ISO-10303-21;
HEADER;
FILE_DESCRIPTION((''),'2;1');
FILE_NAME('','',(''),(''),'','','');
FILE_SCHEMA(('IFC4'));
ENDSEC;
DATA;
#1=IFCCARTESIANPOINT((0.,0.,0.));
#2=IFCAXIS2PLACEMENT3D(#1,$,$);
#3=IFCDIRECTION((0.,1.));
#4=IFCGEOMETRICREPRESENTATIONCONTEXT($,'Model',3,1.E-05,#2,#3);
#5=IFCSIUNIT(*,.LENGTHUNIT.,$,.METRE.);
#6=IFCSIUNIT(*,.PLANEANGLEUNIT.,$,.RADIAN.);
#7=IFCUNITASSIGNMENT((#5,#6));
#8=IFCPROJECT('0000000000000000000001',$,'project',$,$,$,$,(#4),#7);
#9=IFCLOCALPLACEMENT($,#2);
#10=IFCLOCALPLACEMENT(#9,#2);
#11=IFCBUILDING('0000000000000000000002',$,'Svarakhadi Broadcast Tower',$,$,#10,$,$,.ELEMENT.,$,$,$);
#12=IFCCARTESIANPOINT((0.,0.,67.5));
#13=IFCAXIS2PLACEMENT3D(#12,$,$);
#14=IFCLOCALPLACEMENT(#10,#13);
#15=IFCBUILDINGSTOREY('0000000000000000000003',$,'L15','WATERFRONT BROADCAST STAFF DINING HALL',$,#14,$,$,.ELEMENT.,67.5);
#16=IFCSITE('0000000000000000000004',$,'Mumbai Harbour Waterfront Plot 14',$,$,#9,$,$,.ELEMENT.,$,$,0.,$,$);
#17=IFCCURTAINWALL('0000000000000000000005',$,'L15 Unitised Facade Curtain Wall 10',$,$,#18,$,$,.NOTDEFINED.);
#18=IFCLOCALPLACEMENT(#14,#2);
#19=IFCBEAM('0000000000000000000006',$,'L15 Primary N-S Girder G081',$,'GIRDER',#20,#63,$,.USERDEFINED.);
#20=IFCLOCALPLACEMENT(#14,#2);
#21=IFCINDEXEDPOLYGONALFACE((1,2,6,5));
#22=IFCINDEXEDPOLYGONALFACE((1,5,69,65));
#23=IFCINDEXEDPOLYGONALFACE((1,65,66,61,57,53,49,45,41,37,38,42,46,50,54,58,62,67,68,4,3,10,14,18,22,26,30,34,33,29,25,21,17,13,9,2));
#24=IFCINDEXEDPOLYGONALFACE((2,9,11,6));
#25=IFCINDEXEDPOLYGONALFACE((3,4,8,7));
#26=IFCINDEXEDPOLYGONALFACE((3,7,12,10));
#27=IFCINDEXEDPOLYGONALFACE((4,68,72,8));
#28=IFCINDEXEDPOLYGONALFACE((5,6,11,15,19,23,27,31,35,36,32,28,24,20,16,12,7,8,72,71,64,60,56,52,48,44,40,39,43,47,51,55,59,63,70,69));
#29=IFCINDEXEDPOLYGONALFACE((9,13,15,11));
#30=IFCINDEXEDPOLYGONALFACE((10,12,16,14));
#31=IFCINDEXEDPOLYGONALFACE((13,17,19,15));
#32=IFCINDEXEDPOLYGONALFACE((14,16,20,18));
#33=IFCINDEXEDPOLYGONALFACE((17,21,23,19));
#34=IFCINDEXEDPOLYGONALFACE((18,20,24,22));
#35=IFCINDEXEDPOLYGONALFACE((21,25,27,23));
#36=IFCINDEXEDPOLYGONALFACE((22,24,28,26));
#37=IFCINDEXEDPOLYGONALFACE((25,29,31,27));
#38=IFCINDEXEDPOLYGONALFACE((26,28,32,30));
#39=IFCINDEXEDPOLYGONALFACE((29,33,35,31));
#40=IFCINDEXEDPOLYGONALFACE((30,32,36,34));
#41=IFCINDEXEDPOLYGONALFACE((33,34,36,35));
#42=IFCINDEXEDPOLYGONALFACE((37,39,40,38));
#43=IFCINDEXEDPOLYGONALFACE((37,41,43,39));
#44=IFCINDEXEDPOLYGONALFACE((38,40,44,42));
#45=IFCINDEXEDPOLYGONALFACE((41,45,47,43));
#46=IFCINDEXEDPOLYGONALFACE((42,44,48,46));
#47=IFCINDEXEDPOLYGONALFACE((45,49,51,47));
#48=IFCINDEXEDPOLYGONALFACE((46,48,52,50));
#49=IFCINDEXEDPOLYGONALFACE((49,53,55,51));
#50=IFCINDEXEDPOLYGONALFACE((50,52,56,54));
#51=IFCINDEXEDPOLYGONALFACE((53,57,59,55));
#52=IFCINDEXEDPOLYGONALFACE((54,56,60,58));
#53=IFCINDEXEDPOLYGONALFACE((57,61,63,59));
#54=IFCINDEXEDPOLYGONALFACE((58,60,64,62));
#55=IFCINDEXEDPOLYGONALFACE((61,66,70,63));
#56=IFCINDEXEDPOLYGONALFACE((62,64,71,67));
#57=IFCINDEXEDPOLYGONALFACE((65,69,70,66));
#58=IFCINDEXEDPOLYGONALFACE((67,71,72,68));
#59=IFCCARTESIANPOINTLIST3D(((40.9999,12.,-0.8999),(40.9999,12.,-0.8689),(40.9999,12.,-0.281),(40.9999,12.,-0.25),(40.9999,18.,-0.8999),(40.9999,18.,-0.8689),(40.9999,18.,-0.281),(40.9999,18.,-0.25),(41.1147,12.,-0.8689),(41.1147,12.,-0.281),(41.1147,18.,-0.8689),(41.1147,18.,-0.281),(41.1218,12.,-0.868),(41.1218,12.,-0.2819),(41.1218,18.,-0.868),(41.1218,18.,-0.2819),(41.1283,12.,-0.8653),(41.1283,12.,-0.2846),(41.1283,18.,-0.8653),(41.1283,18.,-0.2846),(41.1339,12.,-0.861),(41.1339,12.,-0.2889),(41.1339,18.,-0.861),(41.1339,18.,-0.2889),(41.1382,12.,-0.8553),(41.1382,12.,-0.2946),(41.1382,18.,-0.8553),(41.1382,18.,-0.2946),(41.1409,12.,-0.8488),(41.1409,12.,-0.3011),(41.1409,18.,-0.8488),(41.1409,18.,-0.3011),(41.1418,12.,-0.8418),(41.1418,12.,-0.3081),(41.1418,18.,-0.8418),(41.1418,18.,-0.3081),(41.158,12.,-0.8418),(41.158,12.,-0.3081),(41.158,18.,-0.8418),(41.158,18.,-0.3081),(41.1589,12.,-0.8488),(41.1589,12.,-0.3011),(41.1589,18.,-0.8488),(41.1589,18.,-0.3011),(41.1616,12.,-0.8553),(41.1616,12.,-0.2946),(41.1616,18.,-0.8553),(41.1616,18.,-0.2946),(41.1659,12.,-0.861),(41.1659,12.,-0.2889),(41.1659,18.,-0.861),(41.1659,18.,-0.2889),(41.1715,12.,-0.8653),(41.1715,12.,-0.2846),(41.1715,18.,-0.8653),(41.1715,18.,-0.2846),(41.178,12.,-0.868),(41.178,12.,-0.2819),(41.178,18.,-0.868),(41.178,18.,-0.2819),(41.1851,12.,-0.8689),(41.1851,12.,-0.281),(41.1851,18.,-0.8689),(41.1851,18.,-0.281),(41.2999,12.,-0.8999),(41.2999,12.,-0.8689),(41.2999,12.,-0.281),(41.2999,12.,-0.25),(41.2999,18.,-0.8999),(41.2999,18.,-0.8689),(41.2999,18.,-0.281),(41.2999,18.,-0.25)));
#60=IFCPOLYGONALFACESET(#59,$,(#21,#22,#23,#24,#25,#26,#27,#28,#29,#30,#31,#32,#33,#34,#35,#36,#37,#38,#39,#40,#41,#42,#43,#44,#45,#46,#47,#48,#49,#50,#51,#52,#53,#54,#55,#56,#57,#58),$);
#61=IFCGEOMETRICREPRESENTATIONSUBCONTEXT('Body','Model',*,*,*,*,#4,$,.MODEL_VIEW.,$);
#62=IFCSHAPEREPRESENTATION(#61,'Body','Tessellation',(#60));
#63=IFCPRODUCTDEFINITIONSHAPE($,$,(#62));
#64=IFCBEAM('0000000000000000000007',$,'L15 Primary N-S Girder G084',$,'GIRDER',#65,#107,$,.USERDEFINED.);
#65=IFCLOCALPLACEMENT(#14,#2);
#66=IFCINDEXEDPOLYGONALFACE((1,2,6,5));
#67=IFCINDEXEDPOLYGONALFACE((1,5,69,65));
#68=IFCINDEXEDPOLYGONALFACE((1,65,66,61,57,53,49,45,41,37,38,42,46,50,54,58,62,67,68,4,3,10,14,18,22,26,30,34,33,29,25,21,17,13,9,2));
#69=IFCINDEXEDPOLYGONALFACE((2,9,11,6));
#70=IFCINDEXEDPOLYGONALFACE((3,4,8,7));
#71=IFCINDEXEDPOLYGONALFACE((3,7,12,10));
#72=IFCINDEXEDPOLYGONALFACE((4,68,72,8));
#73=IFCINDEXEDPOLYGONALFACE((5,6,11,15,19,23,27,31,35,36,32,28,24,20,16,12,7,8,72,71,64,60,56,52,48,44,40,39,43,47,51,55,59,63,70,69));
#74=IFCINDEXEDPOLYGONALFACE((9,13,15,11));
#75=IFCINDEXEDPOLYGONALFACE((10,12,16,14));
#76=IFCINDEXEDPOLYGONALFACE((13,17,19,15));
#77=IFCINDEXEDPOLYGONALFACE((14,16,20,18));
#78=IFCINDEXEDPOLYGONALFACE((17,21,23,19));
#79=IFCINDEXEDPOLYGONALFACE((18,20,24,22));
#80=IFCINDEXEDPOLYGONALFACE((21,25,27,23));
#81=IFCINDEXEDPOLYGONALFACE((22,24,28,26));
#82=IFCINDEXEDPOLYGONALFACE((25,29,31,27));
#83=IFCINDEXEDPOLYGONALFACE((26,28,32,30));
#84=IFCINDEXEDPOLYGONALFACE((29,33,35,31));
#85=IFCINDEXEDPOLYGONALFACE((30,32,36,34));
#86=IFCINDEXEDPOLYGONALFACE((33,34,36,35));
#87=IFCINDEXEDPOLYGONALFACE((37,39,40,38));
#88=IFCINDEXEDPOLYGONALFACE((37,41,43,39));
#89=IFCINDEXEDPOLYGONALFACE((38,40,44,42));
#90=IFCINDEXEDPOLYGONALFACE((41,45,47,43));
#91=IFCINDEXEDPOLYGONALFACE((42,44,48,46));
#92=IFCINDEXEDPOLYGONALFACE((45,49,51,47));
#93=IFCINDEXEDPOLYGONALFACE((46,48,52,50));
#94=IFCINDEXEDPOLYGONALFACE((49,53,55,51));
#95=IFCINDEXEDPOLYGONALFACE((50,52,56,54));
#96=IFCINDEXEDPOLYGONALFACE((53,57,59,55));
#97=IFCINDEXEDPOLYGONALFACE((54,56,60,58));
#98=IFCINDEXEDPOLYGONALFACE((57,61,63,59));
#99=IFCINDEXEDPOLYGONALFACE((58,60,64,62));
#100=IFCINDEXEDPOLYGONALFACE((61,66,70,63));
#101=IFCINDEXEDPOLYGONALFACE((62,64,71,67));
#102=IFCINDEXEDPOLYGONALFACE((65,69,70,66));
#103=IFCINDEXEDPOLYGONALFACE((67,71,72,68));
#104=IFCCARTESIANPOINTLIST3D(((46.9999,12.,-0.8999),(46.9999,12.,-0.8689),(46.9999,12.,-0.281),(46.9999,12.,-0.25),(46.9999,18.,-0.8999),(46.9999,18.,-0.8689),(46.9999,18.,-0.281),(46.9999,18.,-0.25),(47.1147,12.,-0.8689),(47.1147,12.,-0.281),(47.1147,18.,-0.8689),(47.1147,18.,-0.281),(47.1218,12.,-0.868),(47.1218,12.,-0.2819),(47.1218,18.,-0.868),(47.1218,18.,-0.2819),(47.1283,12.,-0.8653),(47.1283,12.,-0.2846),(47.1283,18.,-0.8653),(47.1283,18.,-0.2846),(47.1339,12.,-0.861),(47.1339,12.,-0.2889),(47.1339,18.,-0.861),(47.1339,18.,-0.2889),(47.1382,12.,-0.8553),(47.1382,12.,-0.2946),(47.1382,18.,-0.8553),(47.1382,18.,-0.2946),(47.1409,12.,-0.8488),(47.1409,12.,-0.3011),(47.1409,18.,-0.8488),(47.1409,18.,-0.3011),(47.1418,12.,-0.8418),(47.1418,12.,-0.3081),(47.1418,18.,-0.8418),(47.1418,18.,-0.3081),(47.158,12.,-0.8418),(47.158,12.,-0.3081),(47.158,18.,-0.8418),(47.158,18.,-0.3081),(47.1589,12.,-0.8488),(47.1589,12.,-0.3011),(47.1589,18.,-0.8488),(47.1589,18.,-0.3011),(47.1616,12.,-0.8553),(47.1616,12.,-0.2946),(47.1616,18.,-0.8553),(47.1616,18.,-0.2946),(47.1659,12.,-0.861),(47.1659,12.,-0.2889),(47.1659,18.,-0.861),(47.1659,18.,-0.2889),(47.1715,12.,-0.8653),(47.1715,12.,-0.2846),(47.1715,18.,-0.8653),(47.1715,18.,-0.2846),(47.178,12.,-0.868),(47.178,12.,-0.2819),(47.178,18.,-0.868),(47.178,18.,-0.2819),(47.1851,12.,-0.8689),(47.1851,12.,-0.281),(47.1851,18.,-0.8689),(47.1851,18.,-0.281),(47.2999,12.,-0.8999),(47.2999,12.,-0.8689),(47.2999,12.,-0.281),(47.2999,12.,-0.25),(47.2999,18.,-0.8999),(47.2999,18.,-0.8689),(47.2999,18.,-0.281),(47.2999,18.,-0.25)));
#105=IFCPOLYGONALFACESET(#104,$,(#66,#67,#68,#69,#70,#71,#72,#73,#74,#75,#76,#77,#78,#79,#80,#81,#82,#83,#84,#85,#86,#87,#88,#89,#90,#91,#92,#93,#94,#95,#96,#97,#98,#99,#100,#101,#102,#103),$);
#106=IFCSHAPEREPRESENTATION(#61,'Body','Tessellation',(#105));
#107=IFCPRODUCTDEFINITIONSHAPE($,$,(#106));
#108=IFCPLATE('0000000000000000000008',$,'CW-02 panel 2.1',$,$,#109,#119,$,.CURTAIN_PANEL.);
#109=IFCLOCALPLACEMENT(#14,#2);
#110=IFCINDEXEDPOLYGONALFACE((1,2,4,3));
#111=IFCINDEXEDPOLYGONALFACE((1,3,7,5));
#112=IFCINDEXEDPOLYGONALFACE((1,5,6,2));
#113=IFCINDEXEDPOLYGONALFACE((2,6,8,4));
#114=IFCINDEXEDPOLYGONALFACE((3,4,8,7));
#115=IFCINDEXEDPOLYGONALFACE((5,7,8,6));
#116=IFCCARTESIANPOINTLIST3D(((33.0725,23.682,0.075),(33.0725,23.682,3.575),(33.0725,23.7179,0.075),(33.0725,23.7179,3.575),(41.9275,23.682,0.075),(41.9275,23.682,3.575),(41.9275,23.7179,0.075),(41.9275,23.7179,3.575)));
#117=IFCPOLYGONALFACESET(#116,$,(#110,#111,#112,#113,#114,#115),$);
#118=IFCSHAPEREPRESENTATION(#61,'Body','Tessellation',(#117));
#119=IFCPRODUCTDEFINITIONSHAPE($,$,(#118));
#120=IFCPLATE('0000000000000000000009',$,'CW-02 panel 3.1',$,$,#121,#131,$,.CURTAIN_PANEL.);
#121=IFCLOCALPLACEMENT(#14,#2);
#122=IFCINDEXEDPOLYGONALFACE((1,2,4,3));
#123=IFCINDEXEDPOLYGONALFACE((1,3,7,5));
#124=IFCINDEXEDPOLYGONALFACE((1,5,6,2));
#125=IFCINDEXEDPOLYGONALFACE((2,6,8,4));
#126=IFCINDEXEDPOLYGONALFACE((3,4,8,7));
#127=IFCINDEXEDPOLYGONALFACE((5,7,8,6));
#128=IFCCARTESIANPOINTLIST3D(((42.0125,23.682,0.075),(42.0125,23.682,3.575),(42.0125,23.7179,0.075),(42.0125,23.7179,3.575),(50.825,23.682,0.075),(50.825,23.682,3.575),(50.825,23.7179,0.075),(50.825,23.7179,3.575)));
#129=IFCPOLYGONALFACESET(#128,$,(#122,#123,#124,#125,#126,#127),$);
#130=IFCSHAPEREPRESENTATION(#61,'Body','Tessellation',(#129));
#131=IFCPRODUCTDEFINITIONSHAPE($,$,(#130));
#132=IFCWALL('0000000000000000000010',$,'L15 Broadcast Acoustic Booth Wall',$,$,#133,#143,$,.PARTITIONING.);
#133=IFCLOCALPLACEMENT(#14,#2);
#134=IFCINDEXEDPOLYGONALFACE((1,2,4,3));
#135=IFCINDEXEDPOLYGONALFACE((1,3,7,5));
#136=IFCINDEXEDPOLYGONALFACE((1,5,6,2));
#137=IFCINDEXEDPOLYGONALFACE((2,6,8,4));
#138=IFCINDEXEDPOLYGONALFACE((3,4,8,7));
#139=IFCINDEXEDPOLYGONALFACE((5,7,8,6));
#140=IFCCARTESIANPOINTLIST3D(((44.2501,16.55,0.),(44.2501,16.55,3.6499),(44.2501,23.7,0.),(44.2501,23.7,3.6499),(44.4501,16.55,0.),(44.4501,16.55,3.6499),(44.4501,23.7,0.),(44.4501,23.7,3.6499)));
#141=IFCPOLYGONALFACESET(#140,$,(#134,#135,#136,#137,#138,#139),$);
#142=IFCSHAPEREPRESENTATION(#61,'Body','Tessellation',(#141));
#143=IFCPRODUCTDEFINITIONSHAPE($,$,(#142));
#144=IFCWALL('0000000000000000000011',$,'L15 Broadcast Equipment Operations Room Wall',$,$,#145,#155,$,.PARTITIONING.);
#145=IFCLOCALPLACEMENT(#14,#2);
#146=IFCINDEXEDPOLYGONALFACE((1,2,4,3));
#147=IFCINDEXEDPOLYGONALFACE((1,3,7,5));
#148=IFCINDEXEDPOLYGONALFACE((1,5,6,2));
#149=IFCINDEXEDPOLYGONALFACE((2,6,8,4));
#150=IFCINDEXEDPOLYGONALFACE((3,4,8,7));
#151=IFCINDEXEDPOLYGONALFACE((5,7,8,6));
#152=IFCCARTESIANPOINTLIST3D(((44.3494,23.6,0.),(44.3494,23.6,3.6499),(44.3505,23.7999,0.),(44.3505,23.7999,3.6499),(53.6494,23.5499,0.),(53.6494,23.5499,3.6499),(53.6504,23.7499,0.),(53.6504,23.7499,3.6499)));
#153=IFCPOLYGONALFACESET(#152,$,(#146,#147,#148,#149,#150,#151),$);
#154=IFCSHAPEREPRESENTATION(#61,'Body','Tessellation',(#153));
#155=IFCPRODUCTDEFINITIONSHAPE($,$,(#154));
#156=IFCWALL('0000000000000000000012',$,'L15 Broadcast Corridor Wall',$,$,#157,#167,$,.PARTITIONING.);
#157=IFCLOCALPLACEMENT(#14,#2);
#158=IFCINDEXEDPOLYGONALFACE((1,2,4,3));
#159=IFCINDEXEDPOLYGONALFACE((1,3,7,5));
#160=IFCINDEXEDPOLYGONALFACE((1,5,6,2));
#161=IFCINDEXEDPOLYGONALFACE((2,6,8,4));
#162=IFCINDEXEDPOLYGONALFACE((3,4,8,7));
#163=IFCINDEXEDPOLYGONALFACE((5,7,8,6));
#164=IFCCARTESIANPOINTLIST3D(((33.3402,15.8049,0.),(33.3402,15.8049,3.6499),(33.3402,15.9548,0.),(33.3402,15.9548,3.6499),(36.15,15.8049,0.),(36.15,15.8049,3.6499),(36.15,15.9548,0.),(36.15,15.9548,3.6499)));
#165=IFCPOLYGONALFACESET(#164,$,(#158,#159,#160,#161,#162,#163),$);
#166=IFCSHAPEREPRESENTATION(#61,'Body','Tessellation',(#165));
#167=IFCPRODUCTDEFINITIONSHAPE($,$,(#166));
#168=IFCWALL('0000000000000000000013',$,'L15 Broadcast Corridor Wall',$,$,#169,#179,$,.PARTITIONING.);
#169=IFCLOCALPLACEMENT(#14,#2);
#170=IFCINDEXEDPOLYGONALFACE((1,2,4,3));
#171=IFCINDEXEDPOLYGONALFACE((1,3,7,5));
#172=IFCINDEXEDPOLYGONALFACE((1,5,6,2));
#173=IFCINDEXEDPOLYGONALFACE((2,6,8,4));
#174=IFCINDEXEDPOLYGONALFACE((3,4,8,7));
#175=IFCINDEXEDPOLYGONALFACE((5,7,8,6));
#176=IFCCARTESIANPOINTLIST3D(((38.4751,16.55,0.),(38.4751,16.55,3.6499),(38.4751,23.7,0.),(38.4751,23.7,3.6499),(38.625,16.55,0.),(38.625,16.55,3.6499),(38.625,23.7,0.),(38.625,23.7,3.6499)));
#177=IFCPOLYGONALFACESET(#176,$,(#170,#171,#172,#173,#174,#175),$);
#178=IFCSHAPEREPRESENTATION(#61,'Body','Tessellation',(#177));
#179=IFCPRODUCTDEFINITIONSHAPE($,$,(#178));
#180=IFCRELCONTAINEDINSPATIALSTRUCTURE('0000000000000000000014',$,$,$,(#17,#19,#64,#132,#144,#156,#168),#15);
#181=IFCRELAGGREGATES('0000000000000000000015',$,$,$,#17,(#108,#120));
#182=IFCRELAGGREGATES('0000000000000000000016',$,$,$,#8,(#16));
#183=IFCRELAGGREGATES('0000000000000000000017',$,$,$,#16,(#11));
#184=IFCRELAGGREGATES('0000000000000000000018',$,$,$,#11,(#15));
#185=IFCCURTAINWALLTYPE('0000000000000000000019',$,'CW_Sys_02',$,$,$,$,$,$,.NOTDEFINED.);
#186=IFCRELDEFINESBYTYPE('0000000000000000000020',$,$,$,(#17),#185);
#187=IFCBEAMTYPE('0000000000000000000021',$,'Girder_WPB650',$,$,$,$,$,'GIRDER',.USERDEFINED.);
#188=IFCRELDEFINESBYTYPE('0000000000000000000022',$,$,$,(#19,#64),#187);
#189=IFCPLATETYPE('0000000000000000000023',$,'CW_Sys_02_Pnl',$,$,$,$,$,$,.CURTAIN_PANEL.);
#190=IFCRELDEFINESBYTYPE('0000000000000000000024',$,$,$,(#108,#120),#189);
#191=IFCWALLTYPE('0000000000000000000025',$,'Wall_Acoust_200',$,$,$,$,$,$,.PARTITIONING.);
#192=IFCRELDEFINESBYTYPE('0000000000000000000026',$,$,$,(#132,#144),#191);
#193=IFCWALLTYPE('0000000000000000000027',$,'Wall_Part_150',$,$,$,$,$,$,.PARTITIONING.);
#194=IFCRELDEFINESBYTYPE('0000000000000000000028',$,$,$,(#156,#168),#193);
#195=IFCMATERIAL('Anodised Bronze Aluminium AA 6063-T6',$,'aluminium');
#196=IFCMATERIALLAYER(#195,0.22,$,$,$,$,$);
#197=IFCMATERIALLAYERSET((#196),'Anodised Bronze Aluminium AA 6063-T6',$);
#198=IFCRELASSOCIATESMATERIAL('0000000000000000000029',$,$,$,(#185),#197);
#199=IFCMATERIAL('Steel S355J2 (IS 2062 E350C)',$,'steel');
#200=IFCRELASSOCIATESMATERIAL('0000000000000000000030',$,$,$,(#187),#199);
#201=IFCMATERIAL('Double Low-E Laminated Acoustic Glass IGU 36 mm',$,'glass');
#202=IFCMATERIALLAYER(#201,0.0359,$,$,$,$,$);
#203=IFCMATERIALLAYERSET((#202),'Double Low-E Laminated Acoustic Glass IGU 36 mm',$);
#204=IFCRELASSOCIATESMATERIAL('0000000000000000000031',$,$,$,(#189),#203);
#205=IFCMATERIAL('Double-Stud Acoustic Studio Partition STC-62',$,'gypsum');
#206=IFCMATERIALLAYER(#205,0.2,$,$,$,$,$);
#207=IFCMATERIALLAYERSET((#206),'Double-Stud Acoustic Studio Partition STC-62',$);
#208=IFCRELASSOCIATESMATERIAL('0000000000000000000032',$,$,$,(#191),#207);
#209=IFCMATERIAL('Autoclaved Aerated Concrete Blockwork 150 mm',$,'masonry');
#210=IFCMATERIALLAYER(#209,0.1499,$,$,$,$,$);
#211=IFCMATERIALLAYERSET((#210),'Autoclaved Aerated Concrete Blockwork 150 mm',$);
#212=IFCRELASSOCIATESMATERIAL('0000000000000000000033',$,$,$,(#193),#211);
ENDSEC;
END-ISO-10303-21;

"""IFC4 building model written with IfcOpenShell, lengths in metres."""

from ifc_helpers import new_model, si_unit, direction, frame, frame_2d, origin, origin_2d, place, context, subcontext, project, spatial, rectangle, i_section, extrude, material, layer, layer_set, material_profile, profile_set, type_object, element, aggregate, save


model = new_model("IFC4")

# Units and contexts
model_context = context("Model", 3, precision=1e-05, world=origin(), true_north=direction((0.0, 1.0)))
body_context = subcontext(model_context, "Body", "Model", "MODEL_VIEW")
ifc_project = project(units=[si_unit("LENGTHUNIT", "METRE"), si_unit("PLANEANGLEUNIT", "RADIAN")], contexts=[model_context])

# Site, building, storey
site_placement = place(None, origin())
site = spatial("IfcSite", under=ifc_project, at=site_placement, Name="Mumbai Harbour Waterfront Plot 14", CompositionType="ELEMENT", RefElevation=0.0)
building_placement = place(site_placement, origin())
building = spatial("IfcBuilding", under=site, at=building_placement, Name="Svarakhadi Broadcast Tower", CompositionType="ELEMENT")
storey_placement = place(building_placement, frame((0.0, 0.0, 67.5)))
storey = spatial("IfcBuildingStorey", under=building, at=storey_placement, Name="L15", Description="WATERFRONT BROADCAST STAFF DINING HALL", CompositionType="ELEMENT", Elevation=67.5)

# Shared definitions
ifc_material_1 = material(Name="Steel S355J2 (IS 2062 E350C)", Category="steel")

# Curtain wall
ifc_material_2 = material(Name="Anodised Bronze Aluminium AA 6063-T6", Category="aluminium")
ifc_layer_1 = layer(ifc_material_2, 0.22)
ifc_layer_set_1 = layer_set([ifc_layer_1], Name="Anodised Bronze Aluminium AA 6063-T6")
curtain_wall_type = type_object("IfcCurtainWallType", Name="CW_Sys_02", PredefinedType="NOTDEFINED", material=ifc_layer_set_1)
curtain_wall_1_placement = place(storey_placement, origin())
curtain_wall_1 = element("IfcCurtainWall", 1, at=curtain_wall_1_placement, inside=storey, type_object=curtain_wall_type, Name="L15 Unitised Facade Curtain Wall 10", PredefinedType="NOTDEFINED")

# Beams
ifc_material_profile_1 = material_profile(ifc_material_1, i_section(OverallWidth=0.3, OverallDepth=0.6499, WebThickness=0.0161, FlangeThickness=0.031, FilletRadius=0.0271, at=origin_2d()), Name="WPB 650x300x225")
ifc_profile_set_1 = profile_set([ifc_material_profile_1], Name="Steel S355J2 (IS 2062 E350C)")
beam_type_1 = type_object("IfcBeamType", Name="Girder_WPB650", ElementType="GIRDER", PredefinedType="USERDEFINED", material=ifc_profile_set_1)
for number, where, z_axis, x_axis, name in (
    (2, (41.1499, 12.0, -0.575), (0.0, 1.0, 0.0), (-1.0, 0.0, 0.0), "L15 Primary N-S Girder G081"),
    (3, (47.1499, 12.0, -0.575), (0.0, 1.0, 0.0), (-1.0, 0.0, 0.0), "L15 Primary N-S Girder G084"),
):
    element("IfcBeam", number, at=place(storey_placement, frame(where, z_axis=z_axis, x_axis=x_axis)), inside=storey, type_object=beam_type_1, Name=name, ObjectType="GIRDER", PredefinedType="USERDEFINED", context=body_context, shape_type="SweptSolid", body=[
        extrude(i_section(OverallWidth=0.3, OverallDepth=0.6499, WebThickness=0.0161, FlangeThickness=0.031, FilletRadius=0.0271, at=origin_2d()), origin(), (0.0, 0.0, 1.0), 6.0),
    ])

# Plates
ifc_material_3 = material(Name="Double Low-E Laminated Acoustic Glass IGU 36 mm", Category="glass")
ifc_layer_2 = layer(ifc_material_3, 0.0359)
ifc_layer_set_2 = layer_set([ifc_layer_2], Name="Double Low-E Laminated Acoustic Glass IGU 36 mm")
plate_type = type_object("IfcPlateType", Name="CW_Sys_02_Pnl", PredefinedType="CURTAIN_PANEL", material=ifc_layer_set_2)
plate_1_placement = place(storey_placement, frame((37.5, 23.7, 0.075), z_axis=(0.0, 0.0, 1.0), x_axis=(1.0, 0.0, 0.0)))
plate_1 = element("IfcPlate", 4, at=plate_1_placement, type_object=plate_type, Name="CW-02 panel 2.1", PredefinedType="CURTAIN_PANEL", context=body_context, shape_type="SweptSolid", body=[
    extrude(rectangle(XDim=8.855, YDim=0.0359, at=origin_2d()), origin(), (0.0, 0.0, 1.0), 3.5),
])
plate_2_placement = place(storey_placement, frame((46.4187, 23.7, 0.075), z_axis=(0.0, 0.0, 1.0), x_axis=(1.0, 0.0, 0.0)))
plate_2 = element("IfcPlate", 5, at=plate_2_placement, type_object=plate_type, Name="CW-02 panel 3.1", PredefinedType="CURTAIN_PANEL", context=body_context, shape_type="SweptSolid", body=[
    extrude(rectangle(XDim=8.8125, YDim=0.0359, at=origin_2d()), origin(), (0.0, 0.0, 1.0), 3.5),
])
aggregate(curtain_wall_1, [plate_1, plate_2])

# Walls
ifc_material_4 = material(Name="Double-Stud Acoustic Studio Partition STC-62", Category="gypsum")
ifc_layer_3 = layer(ifc_material_4, 0.2)
ifc_layer_set_3 = layer_set([ifc_layer_3], Name="Double-Stud Acoustic Studio Partition STC-62")
wall_type_1 = type_object("IfcWallType", Name="Wall_Acoust_200", PredefinedType="PARTITIONING", material=ifc_layer_set_3)
wall_1_placement = place(storey_placement, frame((44.3501, 16.55, 0.0), z_axis=(0.0, 0.0, 1.0), x_axis=(0.0, 1.0, 0.0)))
element("IfcWall", 6, at=wall_1_placement, inside=storey, type_object=wall_type_1, Name="L15 Broadcast Acoustic Booth Wall", PredefinedType="PARTITIONING", context=body_context, shape_type="SweptSolid", body=[
    extrude(rectangle(XDim=7.1499, YDim=0.2, at=frame_2d((3.575, 0.0))), origin(), (0.0, 0.0, 1.0), 3.6499),
])
wall_2_placement = place(storey_placement, frame((44.3501, 23.7, 0.0), z_axis=(0.0, 0.0, 1.0), x_axis=(0.999986, -0.005382, 0.0)))
element("IfcWall", 7, at=wall_2_placement, inside=storey, type_object=wall_type_1, Name="L15 Broadcast Equipment Operations Room Wall", PredefinedType="PARTITIONING", context=body_context, shape_type="SweptSolid", body=[
    extrude(rectangle(XDim=9.3, YDim=0.2, at=frame_2d((4.6499, 0.0))), origin(), (0.0, 0.0, 1.0), 3.6499),
])
ifc_material_5 = material(Name="Autoclaved Aerated Concrete Blockwork 150 mm", Category="masonry")
ifc_layer_4 = layer(ifc_material_5, 0.1499)
ifc_layer_set_4 = layer_set([ifc_layer_4], Name="Autoclaved Aerated Concrete Blockwork 150 mm")
wall_type_2 = type_object("IfcWallType", Name="Wall_Part_150", PredefinedType="PARTITIONING", material=ifc_layer_set_4)
wall_3_placement = place(storey_placement, frame((36.1499, 15.8799, 0.0), z_axis=(0.0, 0.0, 1.0), x_axis=(-1.0, 0.0, 0.0)))
element("IfcWall", 8, at=wall_3_placement, inside=storey, type_object=wall_type_2, Name="L15 Broadcast Corridor Wall", PredefinedType="PARTITIONING", context=body_context, shape_type="SweptSolid", body=[
    extrude(rectangle(XDim=2.8098, YDim=0.1499, at=frame_2d((1.4048, 0.0))), origin(), (0.0, 0.0, 1.0), 3.6499),
])
wall_4_placement = place(storey_placement, frame((38.55, 23.7, 0.0), z_axis=(0.0, 0.0, 1.0), x_axis=(0.0, -1.0, 0.0)))
element("IfcWall", 9, at=wall_4_placement, inside=storey, type_object=wall_type_2, Name="L15 Broadcast Corridor Wall", PredefinedType="PARTITIONING", context=body_context, shape_type="SweptSolid", body=[
    extrude(rectangle(XDim=7.1499, YDim=0.1499, at=frame_2d((3.575, 0.0))), origin(), (0.0, 0.0, 1.0), 3.6499),
])

save(model, "model.ifc")
